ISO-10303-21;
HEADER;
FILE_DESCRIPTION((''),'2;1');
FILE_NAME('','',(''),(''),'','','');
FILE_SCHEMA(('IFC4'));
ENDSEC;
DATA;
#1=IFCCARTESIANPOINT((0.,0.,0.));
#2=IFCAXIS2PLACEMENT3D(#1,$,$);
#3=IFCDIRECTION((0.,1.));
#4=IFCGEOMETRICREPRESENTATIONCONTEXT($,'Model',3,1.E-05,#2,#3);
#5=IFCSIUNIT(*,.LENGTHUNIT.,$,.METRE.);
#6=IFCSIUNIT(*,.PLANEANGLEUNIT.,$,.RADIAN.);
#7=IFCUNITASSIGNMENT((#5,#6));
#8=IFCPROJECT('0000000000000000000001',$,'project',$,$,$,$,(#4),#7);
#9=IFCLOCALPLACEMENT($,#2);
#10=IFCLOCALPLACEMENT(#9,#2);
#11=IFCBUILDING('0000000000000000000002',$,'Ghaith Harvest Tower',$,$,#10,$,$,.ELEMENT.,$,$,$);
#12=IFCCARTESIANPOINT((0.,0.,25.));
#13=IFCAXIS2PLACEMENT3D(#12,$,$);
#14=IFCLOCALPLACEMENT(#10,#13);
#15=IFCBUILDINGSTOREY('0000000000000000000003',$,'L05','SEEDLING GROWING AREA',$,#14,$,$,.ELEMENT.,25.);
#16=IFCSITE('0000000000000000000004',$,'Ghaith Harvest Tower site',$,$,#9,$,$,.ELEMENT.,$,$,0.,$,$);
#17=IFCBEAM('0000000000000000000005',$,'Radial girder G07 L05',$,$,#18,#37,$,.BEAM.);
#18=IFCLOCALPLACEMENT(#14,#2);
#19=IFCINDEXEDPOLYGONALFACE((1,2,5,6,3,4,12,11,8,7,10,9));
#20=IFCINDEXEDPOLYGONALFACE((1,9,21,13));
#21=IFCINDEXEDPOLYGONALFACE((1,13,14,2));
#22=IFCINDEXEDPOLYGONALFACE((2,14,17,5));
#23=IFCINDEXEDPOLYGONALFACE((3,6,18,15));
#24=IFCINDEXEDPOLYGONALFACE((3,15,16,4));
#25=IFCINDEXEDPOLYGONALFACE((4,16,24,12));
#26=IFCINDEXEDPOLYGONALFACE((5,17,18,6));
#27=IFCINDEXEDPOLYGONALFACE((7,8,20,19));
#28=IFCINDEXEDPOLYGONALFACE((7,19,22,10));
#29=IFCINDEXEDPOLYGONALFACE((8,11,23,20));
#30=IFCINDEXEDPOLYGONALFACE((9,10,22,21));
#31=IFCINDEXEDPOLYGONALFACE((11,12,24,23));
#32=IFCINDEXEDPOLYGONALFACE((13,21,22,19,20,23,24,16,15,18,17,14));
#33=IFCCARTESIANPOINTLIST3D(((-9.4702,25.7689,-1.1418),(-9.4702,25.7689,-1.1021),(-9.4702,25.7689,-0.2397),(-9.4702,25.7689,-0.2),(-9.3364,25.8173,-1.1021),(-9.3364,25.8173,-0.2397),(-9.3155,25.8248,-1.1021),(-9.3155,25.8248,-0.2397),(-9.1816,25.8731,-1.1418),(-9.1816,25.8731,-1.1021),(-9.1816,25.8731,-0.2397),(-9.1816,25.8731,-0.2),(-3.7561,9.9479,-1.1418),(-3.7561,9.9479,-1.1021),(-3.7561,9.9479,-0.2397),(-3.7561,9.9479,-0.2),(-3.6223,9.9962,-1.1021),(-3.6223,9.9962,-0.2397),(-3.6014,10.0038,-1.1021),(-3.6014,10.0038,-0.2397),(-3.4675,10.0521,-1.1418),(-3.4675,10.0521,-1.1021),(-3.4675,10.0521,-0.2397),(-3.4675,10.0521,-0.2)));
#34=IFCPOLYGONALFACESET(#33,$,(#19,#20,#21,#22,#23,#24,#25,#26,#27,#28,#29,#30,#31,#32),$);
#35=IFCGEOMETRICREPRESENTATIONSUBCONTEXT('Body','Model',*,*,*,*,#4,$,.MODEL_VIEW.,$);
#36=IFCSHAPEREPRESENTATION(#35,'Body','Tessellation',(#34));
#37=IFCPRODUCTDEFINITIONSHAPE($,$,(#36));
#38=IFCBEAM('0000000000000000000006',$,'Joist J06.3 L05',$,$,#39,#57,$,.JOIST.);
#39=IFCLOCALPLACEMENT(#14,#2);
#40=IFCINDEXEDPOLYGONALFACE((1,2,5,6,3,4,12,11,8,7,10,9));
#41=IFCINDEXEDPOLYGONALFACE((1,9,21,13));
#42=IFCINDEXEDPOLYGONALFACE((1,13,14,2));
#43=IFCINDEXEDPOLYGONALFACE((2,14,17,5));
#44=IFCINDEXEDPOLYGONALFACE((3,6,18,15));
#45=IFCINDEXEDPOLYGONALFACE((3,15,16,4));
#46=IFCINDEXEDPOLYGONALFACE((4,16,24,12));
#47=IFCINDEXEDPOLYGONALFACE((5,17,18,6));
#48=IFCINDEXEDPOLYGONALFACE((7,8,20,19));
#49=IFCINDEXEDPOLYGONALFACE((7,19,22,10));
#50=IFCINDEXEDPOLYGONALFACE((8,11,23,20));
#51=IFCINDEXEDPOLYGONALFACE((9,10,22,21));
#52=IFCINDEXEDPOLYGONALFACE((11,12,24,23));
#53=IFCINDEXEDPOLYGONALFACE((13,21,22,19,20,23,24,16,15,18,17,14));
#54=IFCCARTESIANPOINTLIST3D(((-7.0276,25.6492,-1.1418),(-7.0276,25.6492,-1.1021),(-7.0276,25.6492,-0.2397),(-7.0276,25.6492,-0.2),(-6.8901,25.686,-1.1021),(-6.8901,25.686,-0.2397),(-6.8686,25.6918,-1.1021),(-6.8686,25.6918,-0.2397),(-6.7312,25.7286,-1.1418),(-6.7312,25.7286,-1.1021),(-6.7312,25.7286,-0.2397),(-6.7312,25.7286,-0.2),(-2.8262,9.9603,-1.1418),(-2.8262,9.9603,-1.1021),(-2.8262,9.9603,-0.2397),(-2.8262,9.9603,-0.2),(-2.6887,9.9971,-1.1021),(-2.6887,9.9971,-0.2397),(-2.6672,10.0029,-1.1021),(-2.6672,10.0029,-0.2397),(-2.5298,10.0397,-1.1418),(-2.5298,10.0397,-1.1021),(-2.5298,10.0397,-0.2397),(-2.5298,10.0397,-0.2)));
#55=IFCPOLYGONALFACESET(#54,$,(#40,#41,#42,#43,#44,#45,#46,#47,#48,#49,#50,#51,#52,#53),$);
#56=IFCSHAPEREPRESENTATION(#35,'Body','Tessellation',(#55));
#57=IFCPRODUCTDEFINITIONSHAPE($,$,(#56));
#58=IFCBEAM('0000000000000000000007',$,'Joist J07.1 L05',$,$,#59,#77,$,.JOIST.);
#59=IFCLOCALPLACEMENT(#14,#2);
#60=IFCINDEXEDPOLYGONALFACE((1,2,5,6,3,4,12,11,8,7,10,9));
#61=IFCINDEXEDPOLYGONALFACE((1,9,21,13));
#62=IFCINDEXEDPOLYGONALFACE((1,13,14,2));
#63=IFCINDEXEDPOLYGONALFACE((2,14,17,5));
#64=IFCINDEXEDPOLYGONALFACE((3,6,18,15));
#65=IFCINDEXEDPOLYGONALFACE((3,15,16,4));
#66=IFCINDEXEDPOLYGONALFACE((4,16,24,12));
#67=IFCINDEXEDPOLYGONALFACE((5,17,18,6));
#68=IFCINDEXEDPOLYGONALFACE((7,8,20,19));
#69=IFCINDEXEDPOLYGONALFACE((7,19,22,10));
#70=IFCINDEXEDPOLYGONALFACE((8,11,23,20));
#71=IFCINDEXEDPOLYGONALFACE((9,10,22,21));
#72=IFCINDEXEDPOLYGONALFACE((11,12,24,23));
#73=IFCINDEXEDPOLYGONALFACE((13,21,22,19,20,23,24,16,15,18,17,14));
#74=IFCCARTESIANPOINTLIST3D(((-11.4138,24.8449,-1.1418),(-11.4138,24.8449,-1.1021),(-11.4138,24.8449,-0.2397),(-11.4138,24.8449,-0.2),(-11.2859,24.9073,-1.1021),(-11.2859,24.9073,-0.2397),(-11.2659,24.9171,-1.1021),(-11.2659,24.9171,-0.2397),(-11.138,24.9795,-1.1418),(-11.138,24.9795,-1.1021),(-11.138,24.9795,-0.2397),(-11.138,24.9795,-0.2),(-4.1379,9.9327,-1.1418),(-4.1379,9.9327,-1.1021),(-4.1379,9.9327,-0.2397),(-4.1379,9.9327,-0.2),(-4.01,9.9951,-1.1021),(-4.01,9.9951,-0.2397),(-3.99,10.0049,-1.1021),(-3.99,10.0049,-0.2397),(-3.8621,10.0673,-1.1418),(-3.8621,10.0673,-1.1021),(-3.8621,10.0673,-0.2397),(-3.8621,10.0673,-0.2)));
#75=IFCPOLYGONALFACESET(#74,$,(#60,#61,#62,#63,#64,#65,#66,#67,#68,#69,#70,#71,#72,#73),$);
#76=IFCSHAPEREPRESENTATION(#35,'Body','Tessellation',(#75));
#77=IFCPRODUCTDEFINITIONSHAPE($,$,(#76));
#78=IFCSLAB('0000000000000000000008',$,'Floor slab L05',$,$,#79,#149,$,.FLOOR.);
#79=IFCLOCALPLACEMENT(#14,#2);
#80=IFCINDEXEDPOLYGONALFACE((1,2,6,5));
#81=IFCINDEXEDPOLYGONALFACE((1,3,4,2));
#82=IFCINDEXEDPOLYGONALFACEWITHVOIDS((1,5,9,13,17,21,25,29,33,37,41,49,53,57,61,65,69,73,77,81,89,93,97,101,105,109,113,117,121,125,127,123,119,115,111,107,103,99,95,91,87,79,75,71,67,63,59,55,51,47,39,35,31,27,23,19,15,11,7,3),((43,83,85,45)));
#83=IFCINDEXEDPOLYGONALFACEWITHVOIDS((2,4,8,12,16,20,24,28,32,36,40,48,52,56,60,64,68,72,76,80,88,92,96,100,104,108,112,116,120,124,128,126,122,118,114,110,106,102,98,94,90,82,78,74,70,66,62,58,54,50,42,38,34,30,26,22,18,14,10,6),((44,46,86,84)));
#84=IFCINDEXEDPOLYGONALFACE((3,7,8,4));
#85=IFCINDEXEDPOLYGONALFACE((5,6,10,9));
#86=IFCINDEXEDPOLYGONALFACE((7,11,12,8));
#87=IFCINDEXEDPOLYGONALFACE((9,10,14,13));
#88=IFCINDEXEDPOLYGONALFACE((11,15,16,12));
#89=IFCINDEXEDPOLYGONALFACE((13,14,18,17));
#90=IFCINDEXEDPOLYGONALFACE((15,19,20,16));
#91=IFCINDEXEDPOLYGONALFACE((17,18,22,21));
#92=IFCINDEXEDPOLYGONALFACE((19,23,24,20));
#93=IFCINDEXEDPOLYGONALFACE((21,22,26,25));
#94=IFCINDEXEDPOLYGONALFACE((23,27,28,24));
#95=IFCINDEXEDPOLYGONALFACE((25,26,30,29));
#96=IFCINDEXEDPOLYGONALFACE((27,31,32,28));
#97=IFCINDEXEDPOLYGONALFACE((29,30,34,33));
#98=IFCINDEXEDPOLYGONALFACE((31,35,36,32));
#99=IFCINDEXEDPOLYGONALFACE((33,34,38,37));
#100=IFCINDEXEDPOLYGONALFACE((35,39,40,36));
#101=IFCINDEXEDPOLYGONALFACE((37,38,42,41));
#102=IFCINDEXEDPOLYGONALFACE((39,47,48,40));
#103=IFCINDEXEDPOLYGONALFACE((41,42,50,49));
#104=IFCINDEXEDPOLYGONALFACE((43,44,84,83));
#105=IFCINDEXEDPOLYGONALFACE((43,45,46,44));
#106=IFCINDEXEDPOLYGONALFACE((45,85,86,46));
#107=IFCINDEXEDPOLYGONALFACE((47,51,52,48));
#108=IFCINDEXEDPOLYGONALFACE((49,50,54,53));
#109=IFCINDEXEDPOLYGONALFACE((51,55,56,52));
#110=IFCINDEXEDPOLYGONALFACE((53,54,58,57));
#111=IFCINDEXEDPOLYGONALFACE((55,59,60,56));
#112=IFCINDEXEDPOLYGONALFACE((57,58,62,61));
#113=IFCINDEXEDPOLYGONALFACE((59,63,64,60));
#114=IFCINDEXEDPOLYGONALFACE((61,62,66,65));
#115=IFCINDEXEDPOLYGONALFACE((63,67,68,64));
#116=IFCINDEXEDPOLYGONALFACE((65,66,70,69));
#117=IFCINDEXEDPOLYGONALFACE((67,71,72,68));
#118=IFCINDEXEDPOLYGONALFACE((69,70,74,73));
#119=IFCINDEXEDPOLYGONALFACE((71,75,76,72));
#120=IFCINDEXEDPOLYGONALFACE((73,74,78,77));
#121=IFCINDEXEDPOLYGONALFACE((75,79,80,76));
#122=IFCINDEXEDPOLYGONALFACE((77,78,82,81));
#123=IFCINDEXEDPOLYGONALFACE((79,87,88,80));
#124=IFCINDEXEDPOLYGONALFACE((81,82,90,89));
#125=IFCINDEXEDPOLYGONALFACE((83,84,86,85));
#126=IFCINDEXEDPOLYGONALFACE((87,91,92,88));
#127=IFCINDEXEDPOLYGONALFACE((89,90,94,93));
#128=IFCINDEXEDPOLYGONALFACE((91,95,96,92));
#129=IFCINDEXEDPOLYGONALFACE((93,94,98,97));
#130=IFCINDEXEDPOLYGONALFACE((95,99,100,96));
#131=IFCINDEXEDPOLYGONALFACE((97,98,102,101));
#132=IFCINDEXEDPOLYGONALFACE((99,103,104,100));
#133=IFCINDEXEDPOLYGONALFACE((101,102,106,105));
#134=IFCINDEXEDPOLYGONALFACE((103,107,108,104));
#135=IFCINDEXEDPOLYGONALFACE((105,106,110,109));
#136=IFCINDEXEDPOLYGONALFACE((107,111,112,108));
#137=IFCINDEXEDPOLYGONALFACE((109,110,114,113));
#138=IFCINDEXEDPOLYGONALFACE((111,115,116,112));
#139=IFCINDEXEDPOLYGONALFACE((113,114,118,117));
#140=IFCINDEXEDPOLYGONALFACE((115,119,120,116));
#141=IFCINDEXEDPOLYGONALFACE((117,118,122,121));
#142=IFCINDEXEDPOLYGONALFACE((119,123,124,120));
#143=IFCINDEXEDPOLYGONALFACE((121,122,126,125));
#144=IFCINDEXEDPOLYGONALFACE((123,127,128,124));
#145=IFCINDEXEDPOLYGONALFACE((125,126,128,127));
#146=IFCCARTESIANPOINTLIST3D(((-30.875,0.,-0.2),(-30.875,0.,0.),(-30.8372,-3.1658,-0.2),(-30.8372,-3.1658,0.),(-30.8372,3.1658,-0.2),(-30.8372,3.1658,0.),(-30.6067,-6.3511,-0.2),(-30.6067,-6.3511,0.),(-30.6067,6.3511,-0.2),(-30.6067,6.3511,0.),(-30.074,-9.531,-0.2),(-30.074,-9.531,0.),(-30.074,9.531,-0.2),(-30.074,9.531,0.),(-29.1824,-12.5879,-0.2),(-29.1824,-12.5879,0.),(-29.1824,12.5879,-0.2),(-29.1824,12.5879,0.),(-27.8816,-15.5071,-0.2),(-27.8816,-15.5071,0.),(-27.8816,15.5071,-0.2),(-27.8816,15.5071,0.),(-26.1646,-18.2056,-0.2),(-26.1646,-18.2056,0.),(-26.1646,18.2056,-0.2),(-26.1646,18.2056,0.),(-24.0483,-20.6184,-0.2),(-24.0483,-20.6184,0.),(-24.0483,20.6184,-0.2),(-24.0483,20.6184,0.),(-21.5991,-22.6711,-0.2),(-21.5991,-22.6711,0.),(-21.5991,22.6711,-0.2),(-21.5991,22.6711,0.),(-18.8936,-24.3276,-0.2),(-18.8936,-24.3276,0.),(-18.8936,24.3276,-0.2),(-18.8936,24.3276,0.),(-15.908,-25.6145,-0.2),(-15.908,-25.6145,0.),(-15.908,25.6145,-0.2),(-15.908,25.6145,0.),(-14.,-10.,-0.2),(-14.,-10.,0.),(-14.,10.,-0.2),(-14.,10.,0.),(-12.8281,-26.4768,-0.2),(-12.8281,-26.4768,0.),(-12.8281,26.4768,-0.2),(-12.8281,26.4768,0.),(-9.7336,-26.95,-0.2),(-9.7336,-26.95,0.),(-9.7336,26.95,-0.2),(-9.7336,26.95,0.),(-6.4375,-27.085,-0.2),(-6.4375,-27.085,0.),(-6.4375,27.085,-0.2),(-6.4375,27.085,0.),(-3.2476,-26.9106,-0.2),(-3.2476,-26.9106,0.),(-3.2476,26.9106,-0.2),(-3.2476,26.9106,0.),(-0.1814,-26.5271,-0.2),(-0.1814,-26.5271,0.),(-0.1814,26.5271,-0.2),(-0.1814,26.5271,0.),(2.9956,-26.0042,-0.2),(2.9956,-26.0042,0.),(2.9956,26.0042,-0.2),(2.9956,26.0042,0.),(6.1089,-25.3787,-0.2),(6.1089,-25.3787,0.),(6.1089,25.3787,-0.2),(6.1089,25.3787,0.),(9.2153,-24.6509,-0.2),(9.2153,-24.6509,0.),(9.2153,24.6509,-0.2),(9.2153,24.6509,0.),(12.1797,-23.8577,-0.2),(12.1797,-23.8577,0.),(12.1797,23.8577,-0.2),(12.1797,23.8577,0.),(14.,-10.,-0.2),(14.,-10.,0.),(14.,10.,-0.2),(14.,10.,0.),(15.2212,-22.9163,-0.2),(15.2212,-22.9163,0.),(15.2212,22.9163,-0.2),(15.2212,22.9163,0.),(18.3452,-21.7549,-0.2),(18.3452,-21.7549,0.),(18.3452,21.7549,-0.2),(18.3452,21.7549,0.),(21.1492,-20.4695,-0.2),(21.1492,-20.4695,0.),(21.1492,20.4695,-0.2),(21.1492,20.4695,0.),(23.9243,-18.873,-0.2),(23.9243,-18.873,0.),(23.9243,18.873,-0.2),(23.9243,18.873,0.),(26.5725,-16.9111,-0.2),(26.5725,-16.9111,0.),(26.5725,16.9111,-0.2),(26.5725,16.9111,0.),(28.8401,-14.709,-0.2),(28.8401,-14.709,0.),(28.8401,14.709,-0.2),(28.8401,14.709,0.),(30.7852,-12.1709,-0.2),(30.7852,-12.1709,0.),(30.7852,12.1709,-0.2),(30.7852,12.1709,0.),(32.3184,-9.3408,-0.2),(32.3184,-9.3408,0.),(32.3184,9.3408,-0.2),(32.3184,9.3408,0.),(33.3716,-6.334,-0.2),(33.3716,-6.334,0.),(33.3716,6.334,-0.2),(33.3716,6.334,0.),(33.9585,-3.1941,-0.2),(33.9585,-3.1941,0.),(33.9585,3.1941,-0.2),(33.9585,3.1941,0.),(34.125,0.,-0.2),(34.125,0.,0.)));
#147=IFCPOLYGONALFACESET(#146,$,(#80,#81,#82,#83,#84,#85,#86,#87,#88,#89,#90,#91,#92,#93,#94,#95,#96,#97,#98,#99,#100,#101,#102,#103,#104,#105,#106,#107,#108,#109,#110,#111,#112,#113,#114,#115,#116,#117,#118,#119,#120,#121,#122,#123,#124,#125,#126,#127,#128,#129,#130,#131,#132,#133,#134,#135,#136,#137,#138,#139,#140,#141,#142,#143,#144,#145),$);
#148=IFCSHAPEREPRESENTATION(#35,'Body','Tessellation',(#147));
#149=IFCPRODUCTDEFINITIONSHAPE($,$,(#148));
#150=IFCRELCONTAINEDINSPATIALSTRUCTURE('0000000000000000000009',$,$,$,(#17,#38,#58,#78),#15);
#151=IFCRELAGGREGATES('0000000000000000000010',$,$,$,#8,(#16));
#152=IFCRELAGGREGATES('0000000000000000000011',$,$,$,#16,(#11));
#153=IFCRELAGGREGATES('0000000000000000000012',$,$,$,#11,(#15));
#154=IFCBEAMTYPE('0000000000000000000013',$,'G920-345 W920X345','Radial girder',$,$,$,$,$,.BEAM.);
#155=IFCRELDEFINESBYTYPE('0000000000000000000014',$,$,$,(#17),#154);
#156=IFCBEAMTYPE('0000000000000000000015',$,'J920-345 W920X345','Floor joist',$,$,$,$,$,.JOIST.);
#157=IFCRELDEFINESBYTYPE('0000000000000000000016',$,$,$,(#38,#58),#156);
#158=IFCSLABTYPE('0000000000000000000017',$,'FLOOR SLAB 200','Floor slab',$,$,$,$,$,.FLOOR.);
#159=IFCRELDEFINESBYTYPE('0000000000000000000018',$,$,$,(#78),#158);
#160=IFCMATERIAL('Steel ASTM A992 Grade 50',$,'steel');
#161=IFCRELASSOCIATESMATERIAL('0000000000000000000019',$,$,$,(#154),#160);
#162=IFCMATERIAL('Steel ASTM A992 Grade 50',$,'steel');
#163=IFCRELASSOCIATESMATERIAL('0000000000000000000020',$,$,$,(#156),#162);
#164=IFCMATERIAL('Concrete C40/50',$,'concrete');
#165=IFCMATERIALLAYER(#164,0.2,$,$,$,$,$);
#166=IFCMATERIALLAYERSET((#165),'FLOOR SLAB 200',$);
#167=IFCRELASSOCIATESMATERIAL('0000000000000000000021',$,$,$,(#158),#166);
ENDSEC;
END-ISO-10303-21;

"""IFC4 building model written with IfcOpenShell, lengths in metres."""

from ifc_helpers import new_model, si_unit, direction, frame, origin, origin_2d, place, context, subcontext, project, spatial, polyline, i_section, outline, extrude, material, layer, layer_set, material_profile, profile_set, type_object, element, save


model = new_model("IFC4")

# Units and contexts
model_context = context("Model", 3, precision=1e-05, world=origin(), true_north=direction((0.0, 1.0)))
body_context = subcontext(model_context, "Body", "Model", "MODEL_VIEW")
ifc_project = project(units=[si_unit("LENGTHUNIT", "METRE"), si_unit("PLANEANGLEUNIT", "RADIAN")], contexts=[model_context])

# Site, building, storey
site_placement = place(None, origin())
site = spatial("IfcSite", under=ifc_project, at=site_placement, Name="Ghaith Harvest Tower site", CompositionType="ELEMENT", RefElevation=0.0)
building_placement = place(site_placement, origin())
building = spatial("IfcBuilding", under=site, at=building_placement, Name="Ghaith Harvest Tower", CompositionType="ELEMENT")
storey_placement = place(building_placement, frame((0.0, 0.0, 25.0)))
storey = spatial("IfcBuildingStorey", under=building, at=storey_placement, Name="L05", Description="SEEDLING GROWING AREA", CompositionType="ELEMENT", Elevation=25.0)

# Beams
ifc_material_1 = material(Name="Steel ASTM A992 Grade 50", Category="steel")
ifc_material_profile_1 = material_profile(ifc_material_1, i_section(OverallWidth=0.3069, OverallDepth=0.9419, WebThickness=0.0222, FlangeThickness=0.0398, at=origin_2d()), Name="W920X345")
ifc_profile_set_1 = profile_set([ifc_material_profile_1], Name="Steel ASTM A992 Grade 50")
beam_type_1 = type_object("IfcBeamType", Name="G920-345 W920X345", Description="Radial girder", PredefinedType="BEAM", material=ifc_profile_set_1)
beam_1_placement = place(storey_placement, frame((-3.6118, 10.0, -0.6709), z_axis=(-0.339695, 0.940536, 0.0), x_axis=(-0.940536, -0.339695, 0.0)))
element("IfcBeam", 1, at=beam_1_placement, inside=storey, type_object=beam_type_1, Name="Radial girder G07 L05", PredefinedType="BEAM", context=body_context, shape_type="SweptSolid", body=[
    extrude(i_section(OverallWidth=0.3069, OverallDepth=0.9419, WebThickness=0.0222, FlangeThickness=0.0398, at=origin_2d()), origin(), (0.0, 0.0, 1.0), 16.8213),
])
ifc_material_2 = material(Name="Steel ASTM A992 Grade 50", Category="steel")
ifc_material_profile_2 = material_profile(ifc_material_2, i_section(OverallWidth=0.3069, OverallDepth=0.9419, WebThickness=0.0222, FlangeThickness=0.0398, at=origin_2d()), Name="W920X345")
ifc_profile_set_2 = profile_set([ifc_material_profile_2], Name="Steel ASTM A992 Grade 50")
beam_type_2 = type_object("IfcBeamType", Name="J920-345 W920X345", Description="Floor joist", PredefinedType="JOIST", material=ifc_profile_set_2)
beam_2_placement = place(storey_placement, frame((-2.678, 10.0, -0.6709), z_axis=(-0.258679, 0.965963, 0.0), x_axis=(-0.965963, -0.258679, 0.0)))
element("IfcBeam", 2, at=beam_2_placement, inside=storey, type_object=beam_type_2, Name="Joist J06.3 L05", PredefinedType="JOIST", context=body_context, shape_type="SweptSolid", body=[
    extrude(i_section(OverallWidth=0.3069, OverallDepth=0.9419, WebThickness=0.0222, FlangeThickness=0.0398, at=origin_2d()), origin(), (0.0, 0.0, 1.0), 16.2417),
])
beam_3_placement = place(storey_placement, frame((-4.0, 10.0, -0.6709), z_axis=(-0.438505, 0.898729, 0.0), x_axis=(-0.898729, -0.438505, 0.0)))
element("IfcBeam", 3, at=beam_3_placement, inside=storey, type_object=beam_type_2, Name="Joist J07.1 L05", PredefinedType="JOIST", context=body_context, shape_type="SweptSolid", body=[
    extrude(i_section(OverallWidth=0.3069, OverallDepth=0.9419, WebThickness=0.0222, FlangeThickness=0.0398, at=origin_2d()), origin(), (0.0, 0.0, 1.0), 16.5925),
])

# Slab
ifc_material_3 = material(Name="Concrete C40/50", Category="concrete")
ifc_layer_1 = layer(ifc_material_3, 0.2)
ifc_layer_set_1 = layer_set([ifc_layer_1], Name="FLOOR SLAB 200")
slab_type_1 = type_object("IfcSlabType", Name="FLOOR SLAB 200", Description="Floor slab", PredefinedType="FLOOR", material=ifc_layer_set_1)
slab_1_placement = place(storey_placement, frame((0.0, 0.0, -0.2)))
element("IfcSlab", 4, at=slab_1_placement, inside=storey, type_object=slab_type_1, Name="Floor slab L05", PredefinedType="FLOOR", context=body_context, shape_type="SweptSolid", body=[
    extrude(outline(polyline([(34.125, 0.0), (33.9585, 3.1941), (33.3716, 6.334), (32.3184, 9.3408), (30.7852, 12.1709), (28.8401, 14.709), (26.5725, 16.9111), (23.9243, 18.873), (21.1492, 20.4695), (18.3452, 21.7549), (15.2212, 22.9163), (12.1797, 23.8577), (9.2153, 24.6509), (6.1089, 25.3787), (2.9956, 26.0042), (-0.1814, 26.5271), (-3.2476, 26.9106), (-6.4375, 27.085), (-9.7336, 26.95), (-12.8281, 26.4768), (-15.908, 25.6145), (-18.8936, 24.3276), (-21.5991, 22.6711), (-24.0483, 20.6184), (-26.1646, 18.2056), (-27.8816, 15.5071), (-29.1824, 12.5879), (-30.074, 9.531), (-30.6067, 6.3511), (-30.8372, 3.1658), (-30.875, 0.0), (-30.8372, -3.1658), (-30.6067, -6.3511), (-30.074, -9.531), (-29.1824, -12.5879), (-27.8816, -15.5071), (-26.1646, -18.2056), (-24.0483, -20.6184), (-21.5991, -22.6711), (-18.8936, -24.3276), (-15.908, -25.6145), (-12.8281, -26.4768), (-9.7336, -26.95), (-6.4375, -27.085), (-3.2476, -26.9106), (-0.1814, -26.5271), (2.9956, -26.0042), (6.1089, -25.3787), (9.2153, -24.6509), (12.1797, -23.8577), (15.2212, -22.9163), (18.3452, -21.7549), (21.1492, -20.4695), (23.9243, -18.873), (26.5725, -16.9111), (28.8401, -14.709), (30.7852, -12.1709), (32.3184, -9.3408), (33.3716, -6.334), (33.9585, -3.1941), (34.125, 0.0)]), holes=[polyline([(-14.0, -10.0), (14.0, -10.0), (14.0, 10.0), (-14.0, 10.0), (-14.0, -10.0)])]), origin(), (0.0, 0.0, 1.0), 0.2),
])

save(model, "model.ifc")
